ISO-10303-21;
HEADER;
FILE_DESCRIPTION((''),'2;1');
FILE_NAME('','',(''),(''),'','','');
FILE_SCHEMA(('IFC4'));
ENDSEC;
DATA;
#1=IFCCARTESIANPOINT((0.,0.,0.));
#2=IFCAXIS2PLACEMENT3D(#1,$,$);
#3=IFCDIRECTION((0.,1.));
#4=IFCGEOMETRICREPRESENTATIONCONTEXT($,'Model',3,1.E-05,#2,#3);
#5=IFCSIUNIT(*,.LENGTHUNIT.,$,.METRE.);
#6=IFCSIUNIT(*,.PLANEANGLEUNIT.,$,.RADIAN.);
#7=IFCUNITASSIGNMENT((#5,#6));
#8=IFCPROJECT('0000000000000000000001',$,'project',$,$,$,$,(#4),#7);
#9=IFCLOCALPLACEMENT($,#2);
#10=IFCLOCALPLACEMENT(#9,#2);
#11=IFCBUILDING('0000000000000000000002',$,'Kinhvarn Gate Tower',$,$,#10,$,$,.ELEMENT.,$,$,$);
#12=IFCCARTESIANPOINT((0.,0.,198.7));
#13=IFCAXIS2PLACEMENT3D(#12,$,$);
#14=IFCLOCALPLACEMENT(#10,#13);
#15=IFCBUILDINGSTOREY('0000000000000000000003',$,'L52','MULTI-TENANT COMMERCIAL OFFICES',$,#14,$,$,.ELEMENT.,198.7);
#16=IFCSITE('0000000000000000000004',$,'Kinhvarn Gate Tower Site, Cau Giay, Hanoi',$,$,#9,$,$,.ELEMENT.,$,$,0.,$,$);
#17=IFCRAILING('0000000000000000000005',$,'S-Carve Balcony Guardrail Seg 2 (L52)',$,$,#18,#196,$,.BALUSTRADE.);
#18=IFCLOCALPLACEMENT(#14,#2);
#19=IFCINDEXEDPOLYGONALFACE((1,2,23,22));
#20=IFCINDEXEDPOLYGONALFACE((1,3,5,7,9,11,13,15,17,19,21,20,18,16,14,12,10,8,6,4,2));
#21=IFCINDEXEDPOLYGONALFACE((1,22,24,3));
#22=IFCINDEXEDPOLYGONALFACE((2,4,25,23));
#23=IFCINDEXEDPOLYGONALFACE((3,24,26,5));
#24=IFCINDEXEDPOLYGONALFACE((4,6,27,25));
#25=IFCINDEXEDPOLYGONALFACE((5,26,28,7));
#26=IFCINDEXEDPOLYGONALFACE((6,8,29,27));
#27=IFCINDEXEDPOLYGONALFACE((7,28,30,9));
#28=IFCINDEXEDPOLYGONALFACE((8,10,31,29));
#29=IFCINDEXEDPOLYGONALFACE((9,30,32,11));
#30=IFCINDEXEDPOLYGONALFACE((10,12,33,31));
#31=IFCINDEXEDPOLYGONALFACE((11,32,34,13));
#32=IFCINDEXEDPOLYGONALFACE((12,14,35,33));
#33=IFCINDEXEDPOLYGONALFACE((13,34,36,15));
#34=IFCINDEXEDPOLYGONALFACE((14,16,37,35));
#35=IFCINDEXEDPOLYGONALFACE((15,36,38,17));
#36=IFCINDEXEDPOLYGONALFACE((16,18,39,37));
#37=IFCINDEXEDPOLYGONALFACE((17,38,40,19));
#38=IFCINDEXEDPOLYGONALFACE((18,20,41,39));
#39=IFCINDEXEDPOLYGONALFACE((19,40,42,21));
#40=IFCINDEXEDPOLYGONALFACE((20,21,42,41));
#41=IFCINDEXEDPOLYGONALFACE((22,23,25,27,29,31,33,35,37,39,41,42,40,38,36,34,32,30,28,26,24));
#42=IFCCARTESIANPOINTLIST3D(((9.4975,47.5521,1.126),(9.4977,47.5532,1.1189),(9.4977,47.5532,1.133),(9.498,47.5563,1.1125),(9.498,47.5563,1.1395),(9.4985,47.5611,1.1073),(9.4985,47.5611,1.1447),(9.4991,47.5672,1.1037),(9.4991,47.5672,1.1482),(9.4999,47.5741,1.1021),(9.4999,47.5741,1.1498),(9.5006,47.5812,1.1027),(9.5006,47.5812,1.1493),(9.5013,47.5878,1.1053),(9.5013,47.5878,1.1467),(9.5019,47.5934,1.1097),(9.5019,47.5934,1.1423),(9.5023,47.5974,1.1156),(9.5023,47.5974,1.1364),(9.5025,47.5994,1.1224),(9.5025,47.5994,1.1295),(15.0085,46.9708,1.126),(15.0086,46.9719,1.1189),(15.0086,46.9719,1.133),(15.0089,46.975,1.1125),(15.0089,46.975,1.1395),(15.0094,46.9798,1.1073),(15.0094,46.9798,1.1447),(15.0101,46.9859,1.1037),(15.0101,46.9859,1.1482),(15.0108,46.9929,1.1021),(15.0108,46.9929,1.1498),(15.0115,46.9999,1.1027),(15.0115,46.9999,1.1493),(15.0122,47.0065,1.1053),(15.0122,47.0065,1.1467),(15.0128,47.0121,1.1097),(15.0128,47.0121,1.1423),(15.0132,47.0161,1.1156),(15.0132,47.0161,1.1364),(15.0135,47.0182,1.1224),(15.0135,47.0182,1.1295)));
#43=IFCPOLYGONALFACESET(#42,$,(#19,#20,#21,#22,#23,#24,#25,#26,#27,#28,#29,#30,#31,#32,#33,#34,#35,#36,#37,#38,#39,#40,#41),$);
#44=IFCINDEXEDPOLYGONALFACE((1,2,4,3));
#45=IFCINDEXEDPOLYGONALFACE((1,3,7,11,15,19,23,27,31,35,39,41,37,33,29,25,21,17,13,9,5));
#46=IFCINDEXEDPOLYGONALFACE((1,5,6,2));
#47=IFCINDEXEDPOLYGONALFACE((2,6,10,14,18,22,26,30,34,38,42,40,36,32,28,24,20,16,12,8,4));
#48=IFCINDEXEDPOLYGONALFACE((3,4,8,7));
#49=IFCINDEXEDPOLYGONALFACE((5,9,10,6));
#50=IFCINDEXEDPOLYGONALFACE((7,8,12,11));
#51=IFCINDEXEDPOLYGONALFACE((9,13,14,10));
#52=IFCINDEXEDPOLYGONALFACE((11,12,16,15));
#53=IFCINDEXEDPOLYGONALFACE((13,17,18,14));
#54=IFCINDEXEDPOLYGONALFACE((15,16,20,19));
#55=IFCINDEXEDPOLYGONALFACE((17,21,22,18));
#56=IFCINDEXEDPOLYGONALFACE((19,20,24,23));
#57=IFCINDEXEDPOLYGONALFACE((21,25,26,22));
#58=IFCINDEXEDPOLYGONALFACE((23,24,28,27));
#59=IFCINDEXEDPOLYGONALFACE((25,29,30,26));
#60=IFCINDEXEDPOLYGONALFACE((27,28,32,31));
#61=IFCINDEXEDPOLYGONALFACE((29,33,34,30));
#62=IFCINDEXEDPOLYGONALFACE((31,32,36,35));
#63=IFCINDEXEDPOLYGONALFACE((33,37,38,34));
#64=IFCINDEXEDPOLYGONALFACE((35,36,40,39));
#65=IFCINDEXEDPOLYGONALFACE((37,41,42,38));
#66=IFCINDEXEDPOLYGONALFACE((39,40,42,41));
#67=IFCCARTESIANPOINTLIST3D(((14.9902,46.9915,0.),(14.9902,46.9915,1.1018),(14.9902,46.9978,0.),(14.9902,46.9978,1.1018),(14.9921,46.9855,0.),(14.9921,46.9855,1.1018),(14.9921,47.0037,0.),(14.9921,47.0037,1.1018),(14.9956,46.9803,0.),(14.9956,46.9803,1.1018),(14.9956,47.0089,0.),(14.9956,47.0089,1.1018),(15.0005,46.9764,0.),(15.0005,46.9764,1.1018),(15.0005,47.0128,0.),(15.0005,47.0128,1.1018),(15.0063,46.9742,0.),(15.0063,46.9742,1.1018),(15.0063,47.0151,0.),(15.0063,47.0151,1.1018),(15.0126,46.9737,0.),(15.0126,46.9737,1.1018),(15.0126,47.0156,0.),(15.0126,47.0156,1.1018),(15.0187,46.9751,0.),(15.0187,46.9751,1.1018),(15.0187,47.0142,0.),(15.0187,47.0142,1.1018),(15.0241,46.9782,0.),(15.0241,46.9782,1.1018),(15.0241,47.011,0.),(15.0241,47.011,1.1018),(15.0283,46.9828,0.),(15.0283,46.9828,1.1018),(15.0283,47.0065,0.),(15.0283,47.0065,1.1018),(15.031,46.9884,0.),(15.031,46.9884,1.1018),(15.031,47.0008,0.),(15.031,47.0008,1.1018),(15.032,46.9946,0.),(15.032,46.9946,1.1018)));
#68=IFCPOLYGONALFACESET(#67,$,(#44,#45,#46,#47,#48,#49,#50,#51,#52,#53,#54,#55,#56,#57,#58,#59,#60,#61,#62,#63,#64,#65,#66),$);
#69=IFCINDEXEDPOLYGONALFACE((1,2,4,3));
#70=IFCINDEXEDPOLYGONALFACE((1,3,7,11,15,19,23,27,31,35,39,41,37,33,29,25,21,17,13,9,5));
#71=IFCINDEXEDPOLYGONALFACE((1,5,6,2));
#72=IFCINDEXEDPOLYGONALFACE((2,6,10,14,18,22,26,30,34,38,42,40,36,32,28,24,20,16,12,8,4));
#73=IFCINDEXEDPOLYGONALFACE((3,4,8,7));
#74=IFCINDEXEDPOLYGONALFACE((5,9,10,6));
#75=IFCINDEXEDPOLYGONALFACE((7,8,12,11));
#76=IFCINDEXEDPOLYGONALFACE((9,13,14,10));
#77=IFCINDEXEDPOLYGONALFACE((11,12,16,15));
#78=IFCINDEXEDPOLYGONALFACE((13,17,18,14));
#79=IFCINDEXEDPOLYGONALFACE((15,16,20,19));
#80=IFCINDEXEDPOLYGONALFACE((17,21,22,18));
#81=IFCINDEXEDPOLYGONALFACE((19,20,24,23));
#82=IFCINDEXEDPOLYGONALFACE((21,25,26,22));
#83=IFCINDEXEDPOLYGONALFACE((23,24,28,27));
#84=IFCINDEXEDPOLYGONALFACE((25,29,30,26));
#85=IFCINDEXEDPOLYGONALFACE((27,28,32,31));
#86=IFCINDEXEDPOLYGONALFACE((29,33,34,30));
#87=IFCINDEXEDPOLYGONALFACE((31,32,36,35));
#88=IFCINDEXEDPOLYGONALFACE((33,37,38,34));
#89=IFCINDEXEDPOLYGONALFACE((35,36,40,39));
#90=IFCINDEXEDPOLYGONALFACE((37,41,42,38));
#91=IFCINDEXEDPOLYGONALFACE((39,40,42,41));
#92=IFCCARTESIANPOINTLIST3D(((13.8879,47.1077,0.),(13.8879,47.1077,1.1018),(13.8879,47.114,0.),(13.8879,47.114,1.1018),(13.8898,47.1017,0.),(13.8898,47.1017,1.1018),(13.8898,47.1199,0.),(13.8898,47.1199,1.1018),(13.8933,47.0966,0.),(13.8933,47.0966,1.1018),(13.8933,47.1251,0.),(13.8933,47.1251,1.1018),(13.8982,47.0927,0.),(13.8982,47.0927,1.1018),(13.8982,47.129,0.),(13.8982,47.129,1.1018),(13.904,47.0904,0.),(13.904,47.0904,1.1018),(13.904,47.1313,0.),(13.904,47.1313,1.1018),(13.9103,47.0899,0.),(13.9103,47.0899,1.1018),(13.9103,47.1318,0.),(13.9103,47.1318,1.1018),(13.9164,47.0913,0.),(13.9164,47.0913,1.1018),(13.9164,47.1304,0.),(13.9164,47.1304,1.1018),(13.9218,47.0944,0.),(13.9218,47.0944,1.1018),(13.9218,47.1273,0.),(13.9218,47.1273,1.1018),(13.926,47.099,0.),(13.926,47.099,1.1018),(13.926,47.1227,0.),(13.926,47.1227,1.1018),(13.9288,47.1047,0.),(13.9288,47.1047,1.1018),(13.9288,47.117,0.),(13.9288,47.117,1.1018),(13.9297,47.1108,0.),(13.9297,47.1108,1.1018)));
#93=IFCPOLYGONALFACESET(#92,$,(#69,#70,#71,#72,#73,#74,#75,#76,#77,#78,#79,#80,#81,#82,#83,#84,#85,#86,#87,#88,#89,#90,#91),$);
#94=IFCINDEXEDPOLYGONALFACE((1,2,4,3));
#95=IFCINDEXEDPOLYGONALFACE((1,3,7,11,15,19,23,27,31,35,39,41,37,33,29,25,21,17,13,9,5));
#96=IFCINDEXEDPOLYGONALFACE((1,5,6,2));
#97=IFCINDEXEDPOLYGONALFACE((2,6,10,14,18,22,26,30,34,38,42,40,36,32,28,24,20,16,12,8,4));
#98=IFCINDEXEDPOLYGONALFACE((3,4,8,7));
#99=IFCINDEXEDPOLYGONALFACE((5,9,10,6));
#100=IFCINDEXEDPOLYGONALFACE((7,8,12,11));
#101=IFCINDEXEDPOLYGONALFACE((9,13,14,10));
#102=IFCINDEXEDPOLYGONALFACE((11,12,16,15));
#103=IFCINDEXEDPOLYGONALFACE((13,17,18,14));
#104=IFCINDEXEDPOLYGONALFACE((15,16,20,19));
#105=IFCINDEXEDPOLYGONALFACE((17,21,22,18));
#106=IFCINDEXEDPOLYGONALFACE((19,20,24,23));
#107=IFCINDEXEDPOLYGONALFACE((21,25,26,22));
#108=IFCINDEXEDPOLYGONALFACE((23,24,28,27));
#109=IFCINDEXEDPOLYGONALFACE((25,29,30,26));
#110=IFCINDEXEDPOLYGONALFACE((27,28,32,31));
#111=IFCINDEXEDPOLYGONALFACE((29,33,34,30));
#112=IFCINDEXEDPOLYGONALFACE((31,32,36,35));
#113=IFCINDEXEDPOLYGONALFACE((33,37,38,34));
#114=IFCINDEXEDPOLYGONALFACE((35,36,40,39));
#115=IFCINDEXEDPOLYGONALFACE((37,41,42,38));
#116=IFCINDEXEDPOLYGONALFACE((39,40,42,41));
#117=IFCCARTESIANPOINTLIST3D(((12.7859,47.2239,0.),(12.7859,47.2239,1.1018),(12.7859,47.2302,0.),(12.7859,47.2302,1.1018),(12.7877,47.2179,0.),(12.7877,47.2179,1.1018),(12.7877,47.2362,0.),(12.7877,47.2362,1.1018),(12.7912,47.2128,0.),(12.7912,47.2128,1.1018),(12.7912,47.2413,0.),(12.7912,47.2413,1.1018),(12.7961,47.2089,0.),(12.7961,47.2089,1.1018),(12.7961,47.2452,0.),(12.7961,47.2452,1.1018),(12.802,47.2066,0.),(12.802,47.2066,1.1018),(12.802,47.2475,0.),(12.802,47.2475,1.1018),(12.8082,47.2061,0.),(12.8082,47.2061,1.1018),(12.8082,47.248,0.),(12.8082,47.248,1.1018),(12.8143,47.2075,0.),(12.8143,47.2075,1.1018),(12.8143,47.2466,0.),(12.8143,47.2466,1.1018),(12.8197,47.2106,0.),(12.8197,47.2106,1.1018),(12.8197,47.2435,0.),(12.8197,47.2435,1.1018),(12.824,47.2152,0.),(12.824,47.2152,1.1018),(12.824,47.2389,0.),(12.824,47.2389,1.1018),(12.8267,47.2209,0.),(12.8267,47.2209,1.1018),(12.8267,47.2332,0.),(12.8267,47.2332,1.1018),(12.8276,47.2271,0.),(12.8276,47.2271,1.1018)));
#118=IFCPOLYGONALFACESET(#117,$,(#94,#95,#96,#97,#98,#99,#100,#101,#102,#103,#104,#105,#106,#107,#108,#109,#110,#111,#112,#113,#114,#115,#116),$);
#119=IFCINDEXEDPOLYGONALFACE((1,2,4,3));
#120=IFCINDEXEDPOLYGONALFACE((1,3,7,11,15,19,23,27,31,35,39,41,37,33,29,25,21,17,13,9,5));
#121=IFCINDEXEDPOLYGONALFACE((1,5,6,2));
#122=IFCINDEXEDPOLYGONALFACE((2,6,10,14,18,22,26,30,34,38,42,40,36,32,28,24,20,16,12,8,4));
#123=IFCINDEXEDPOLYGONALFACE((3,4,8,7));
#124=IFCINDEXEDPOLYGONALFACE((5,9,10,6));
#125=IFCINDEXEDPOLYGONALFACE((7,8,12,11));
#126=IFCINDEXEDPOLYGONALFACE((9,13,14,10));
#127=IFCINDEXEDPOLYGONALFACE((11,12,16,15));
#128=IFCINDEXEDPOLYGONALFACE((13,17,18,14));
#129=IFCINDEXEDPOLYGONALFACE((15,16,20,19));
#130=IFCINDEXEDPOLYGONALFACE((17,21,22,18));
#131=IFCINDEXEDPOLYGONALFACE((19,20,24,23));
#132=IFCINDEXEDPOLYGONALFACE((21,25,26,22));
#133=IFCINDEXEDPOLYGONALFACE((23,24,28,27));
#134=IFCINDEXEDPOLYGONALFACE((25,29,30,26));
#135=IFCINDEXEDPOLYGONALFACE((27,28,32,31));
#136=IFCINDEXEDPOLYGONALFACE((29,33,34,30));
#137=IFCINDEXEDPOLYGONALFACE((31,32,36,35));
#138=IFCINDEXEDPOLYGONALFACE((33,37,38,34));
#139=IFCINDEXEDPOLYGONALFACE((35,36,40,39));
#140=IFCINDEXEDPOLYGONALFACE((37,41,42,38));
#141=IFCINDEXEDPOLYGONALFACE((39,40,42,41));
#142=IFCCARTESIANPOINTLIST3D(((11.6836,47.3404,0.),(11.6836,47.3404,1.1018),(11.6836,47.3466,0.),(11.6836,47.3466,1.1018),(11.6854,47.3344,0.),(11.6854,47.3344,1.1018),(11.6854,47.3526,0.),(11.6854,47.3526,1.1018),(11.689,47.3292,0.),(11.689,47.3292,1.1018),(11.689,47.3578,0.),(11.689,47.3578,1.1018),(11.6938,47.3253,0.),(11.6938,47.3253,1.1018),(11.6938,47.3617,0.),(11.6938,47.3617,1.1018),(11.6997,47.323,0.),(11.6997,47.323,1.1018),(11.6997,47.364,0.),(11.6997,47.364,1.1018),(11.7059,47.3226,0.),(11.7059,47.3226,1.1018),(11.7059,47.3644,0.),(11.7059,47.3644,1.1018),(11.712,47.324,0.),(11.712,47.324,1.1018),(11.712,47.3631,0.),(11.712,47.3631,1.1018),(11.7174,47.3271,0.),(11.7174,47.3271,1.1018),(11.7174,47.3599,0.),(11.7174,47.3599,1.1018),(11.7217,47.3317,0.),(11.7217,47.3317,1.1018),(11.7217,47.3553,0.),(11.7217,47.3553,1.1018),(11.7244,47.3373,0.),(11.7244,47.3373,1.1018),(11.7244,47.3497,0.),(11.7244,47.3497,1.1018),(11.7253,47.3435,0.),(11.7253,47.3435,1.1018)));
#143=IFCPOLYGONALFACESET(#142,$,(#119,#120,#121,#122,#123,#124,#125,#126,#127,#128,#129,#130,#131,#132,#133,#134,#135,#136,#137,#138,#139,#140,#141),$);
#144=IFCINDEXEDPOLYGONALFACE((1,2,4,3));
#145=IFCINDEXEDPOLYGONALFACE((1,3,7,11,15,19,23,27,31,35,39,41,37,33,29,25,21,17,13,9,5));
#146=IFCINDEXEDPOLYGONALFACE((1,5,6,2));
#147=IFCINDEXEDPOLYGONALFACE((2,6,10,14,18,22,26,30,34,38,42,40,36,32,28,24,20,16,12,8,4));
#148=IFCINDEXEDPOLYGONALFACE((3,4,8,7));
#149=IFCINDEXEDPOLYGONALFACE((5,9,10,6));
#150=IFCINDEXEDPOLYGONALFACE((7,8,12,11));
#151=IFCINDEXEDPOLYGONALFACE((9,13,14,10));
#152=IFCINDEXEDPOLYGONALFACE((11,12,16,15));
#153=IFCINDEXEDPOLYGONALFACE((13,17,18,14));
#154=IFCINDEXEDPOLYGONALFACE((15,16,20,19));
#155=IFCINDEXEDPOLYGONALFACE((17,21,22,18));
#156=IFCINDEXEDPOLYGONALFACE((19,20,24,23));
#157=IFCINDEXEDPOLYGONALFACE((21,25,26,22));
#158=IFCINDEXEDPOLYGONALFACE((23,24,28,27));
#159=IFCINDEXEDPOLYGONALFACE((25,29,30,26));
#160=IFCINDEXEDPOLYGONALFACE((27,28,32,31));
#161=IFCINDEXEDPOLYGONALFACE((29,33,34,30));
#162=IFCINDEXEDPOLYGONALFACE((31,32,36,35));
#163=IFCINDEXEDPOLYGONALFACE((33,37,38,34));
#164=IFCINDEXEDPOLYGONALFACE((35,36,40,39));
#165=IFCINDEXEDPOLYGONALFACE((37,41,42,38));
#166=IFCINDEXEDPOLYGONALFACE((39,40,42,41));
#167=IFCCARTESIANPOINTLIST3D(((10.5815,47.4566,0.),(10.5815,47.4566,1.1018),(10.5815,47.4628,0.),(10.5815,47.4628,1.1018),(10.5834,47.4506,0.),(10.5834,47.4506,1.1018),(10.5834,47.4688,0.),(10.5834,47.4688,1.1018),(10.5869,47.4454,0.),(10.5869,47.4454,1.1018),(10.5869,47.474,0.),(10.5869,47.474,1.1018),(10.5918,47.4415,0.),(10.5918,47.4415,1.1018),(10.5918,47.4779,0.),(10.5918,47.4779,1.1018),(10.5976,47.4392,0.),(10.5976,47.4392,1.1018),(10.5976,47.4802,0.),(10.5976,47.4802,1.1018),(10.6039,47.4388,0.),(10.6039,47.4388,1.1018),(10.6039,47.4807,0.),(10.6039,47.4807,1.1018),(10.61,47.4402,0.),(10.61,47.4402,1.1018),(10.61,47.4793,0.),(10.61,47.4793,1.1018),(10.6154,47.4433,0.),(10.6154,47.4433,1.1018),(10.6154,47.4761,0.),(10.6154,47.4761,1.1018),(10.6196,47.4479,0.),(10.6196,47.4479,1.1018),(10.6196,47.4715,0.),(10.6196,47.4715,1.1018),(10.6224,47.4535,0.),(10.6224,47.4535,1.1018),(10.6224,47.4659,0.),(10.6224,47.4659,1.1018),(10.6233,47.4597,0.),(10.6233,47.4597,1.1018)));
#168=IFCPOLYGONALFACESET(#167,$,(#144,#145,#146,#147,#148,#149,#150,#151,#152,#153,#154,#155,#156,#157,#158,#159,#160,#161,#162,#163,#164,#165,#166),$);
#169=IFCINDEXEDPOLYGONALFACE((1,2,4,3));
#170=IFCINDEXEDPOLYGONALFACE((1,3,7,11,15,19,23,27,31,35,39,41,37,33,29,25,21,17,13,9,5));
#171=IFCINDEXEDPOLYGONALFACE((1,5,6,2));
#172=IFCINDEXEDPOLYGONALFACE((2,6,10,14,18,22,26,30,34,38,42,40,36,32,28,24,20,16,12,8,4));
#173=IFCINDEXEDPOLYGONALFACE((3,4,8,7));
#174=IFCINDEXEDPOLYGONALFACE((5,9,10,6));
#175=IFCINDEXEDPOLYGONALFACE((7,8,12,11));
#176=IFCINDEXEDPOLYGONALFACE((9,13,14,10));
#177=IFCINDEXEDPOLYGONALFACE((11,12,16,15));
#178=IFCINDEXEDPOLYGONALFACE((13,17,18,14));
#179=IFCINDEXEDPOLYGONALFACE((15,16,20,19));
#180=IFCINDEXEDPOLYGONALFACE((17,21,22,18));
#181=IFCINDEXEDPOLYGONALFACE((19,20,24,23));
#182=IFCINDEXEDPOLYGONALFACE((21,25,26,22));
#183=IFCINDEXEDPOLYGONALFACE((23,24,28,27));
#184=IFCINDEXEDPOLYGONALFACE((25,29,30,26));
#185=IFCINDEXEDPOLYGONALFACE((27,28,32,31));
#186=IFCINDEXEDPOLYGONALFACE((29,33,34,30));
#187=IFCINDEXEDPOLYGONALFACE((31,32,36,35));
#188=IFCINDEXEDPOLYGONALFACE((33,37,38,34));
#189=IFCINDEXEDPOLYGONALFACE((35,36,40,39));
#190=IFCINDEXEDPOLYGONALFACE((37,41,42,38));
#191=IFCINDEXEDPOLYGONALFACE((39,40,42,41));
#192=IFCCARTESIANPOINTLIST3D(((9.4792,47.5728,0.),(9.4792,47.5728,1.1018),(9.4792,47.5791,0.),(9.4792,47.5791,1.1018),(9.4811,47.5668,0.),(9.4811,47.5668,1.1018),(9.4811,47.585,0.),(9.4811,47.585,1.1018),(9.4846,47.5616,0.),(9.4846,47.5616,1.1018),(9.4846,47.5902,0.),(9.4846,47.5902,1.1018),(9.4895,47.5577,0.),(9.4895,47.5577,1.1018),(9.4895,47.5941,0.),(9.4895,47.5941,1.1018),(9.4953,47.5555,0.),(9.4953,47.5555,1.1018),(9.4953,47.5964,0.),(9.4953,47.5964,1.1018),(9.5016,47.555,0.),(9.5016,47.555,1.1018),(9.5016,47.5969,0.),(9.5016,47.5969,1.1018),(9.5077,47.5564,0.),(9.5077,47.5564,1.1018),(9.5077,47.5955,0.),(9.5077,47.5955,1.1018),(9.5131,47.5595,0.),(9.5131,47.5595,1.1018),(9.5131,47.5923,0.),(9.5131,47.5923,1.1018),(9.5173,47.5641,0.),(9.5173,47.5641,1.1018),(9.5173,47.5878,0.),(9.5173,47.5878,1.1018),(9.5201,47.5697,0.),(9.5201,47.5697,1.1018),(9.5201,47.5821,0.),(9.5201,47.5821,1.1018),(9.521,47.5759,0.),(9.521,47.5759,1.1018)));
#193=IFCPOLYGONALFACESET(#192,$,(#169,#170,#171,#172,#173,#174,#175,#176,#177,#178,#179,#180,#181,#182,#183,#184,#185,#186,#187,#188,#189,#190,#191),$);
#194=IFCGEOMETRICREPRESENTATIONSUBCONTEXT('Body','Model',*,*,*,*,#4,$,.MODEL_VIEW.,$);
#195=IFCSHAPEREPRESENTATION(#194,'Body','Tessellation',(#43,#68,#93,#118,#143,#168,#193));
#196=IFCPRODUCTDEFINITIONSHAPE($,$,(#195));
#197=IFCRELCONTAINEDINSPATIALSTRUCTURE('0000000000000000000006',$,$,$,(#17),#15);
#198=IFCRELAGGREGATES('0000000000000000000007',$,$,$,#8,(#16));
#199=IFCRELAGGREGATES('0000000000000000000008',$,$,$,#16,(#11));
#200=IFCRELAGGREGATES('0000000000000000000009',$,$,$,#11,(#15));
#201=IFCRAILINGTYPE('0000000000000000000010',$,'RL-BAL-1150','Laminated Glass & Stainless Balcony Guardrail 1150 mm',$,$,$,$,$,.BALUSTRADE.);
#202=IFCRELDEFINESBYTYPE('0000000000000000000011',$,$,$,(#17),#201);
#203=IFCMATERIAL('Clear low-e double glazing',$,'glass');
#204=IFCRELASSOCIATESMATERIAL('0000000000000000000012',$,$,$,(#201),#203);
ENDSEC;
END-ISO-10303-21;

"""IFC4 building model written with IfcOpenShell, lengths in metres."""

from ifc_helpers import new_model, si_unit, direction, frame, origin, origin_2d, place, context, subcontext, project, spatial, circle, extrude, material, type_object, element, save


model = new_model("IFC4")

# Units and contexts
model_context = context("Model", 3, precision=1e-05, world=origin(), true_north=direction((0.0, 1.0)))
body_context = subcontext(model_context, "Body", "Model", "MODEL_VIEW")
ifc_project = project(units=[si_unit("LENGTHUNIT", "METRE"), si_unit("PLANEANGLEUNIT", "RADIAN")], contexts=[model_context])

# Site, building, storey
site_placement = place(None, origin())
site = spatial("IfcSite", under=ifc_project, at=site_placement, Name="Kinhvarn Gate Tower Site, Cau Giay, Hanoi", CompositionType="ELEMENT", RefElevation=0.0)
building_placement = place(site_placement, origin())
building = spatial("IfcBuilding", under=site, at=building_placement, Name="Kinhvarn Gate Tower", CompositionType="ELEMENT")
storey_placement = place(building_placement, frame((0.0, 0.0, 198.7)))
storey = spatial("IfcBuildingStorey", under=building, at=storey_placement, Name="L52", Description="MULTI-TENANT COMMERCIAL OFFICES", CompositionType="ELEMENT", Elevation=198.7)

# Shared definitions
ifc_material_1 = material(Name="Clear low-e double glazing", Category="glass")

# Railing
railing_type_1 = type_object("IfcRailingType", Name="RL-BAL-1150", Description="Laminated Glass & Stainless Balcony Guardrail 1150 mm", PredefinedType="BALUSTRADE", material=ifc_material_1)
railing_1_placement = place(storey_placement, frame((15.011, 46.9946, 0.0)))
element("IfcRailing", 1, at=railing_1_placement, inside=storey, type_object=railing_type_1, Name="S-Carve Balcony Guardrail Seg 2 (L52)", PredefinedType="BALUSTRADE", context=body_context, shape_type="SweptSolid", body=[
    extrude(circle(Radius=0.0239, at=origin_2d()), frame((0.0, 0.0, 1.126), z_axis=(-0.994483, 0.104898, 0.0), x_axis=(-0.104898, -0.994483, 0.0)), (0.0, 0.0, 1.0), 5.5415),
    extrude(circle(Radius=0.021, at=origin_2d()), origin(), (0.0, 0.0, 1.0), 1.1018),
    extrude(circle(Radius=0.021, at=origin_2d()), frame((-1.1023, 0.1162, 0.0)), (0.0, 0.0, 1.0), 1.1018),
    extrude(circle(Radius=0.021, at=origin_2d()), frame((-2.2043, 0.2324, 0.0)), (0.0, 0.0, 1.0), 1.1018),
    extrude(circle(Radius=0.021, at=origin_2d()), frame((-3.3066, 0.3489, 0.0)), (0.0, 0.0, 1.0), 1.1018),
    extrude(circle(Radius=0.021, at=origin_2d()), frame((-4.4087, 0.4651, 0.0)), (0.0, 0.0, 1.0), 1.1018),
    extrude(circle(Radius=0.021, at=origin_2d()), frame((-5.511, 0.5813, 0.0)), (0.0, 0.0, 1.0), 1.1018),
])

save(model, "model.ifc")
